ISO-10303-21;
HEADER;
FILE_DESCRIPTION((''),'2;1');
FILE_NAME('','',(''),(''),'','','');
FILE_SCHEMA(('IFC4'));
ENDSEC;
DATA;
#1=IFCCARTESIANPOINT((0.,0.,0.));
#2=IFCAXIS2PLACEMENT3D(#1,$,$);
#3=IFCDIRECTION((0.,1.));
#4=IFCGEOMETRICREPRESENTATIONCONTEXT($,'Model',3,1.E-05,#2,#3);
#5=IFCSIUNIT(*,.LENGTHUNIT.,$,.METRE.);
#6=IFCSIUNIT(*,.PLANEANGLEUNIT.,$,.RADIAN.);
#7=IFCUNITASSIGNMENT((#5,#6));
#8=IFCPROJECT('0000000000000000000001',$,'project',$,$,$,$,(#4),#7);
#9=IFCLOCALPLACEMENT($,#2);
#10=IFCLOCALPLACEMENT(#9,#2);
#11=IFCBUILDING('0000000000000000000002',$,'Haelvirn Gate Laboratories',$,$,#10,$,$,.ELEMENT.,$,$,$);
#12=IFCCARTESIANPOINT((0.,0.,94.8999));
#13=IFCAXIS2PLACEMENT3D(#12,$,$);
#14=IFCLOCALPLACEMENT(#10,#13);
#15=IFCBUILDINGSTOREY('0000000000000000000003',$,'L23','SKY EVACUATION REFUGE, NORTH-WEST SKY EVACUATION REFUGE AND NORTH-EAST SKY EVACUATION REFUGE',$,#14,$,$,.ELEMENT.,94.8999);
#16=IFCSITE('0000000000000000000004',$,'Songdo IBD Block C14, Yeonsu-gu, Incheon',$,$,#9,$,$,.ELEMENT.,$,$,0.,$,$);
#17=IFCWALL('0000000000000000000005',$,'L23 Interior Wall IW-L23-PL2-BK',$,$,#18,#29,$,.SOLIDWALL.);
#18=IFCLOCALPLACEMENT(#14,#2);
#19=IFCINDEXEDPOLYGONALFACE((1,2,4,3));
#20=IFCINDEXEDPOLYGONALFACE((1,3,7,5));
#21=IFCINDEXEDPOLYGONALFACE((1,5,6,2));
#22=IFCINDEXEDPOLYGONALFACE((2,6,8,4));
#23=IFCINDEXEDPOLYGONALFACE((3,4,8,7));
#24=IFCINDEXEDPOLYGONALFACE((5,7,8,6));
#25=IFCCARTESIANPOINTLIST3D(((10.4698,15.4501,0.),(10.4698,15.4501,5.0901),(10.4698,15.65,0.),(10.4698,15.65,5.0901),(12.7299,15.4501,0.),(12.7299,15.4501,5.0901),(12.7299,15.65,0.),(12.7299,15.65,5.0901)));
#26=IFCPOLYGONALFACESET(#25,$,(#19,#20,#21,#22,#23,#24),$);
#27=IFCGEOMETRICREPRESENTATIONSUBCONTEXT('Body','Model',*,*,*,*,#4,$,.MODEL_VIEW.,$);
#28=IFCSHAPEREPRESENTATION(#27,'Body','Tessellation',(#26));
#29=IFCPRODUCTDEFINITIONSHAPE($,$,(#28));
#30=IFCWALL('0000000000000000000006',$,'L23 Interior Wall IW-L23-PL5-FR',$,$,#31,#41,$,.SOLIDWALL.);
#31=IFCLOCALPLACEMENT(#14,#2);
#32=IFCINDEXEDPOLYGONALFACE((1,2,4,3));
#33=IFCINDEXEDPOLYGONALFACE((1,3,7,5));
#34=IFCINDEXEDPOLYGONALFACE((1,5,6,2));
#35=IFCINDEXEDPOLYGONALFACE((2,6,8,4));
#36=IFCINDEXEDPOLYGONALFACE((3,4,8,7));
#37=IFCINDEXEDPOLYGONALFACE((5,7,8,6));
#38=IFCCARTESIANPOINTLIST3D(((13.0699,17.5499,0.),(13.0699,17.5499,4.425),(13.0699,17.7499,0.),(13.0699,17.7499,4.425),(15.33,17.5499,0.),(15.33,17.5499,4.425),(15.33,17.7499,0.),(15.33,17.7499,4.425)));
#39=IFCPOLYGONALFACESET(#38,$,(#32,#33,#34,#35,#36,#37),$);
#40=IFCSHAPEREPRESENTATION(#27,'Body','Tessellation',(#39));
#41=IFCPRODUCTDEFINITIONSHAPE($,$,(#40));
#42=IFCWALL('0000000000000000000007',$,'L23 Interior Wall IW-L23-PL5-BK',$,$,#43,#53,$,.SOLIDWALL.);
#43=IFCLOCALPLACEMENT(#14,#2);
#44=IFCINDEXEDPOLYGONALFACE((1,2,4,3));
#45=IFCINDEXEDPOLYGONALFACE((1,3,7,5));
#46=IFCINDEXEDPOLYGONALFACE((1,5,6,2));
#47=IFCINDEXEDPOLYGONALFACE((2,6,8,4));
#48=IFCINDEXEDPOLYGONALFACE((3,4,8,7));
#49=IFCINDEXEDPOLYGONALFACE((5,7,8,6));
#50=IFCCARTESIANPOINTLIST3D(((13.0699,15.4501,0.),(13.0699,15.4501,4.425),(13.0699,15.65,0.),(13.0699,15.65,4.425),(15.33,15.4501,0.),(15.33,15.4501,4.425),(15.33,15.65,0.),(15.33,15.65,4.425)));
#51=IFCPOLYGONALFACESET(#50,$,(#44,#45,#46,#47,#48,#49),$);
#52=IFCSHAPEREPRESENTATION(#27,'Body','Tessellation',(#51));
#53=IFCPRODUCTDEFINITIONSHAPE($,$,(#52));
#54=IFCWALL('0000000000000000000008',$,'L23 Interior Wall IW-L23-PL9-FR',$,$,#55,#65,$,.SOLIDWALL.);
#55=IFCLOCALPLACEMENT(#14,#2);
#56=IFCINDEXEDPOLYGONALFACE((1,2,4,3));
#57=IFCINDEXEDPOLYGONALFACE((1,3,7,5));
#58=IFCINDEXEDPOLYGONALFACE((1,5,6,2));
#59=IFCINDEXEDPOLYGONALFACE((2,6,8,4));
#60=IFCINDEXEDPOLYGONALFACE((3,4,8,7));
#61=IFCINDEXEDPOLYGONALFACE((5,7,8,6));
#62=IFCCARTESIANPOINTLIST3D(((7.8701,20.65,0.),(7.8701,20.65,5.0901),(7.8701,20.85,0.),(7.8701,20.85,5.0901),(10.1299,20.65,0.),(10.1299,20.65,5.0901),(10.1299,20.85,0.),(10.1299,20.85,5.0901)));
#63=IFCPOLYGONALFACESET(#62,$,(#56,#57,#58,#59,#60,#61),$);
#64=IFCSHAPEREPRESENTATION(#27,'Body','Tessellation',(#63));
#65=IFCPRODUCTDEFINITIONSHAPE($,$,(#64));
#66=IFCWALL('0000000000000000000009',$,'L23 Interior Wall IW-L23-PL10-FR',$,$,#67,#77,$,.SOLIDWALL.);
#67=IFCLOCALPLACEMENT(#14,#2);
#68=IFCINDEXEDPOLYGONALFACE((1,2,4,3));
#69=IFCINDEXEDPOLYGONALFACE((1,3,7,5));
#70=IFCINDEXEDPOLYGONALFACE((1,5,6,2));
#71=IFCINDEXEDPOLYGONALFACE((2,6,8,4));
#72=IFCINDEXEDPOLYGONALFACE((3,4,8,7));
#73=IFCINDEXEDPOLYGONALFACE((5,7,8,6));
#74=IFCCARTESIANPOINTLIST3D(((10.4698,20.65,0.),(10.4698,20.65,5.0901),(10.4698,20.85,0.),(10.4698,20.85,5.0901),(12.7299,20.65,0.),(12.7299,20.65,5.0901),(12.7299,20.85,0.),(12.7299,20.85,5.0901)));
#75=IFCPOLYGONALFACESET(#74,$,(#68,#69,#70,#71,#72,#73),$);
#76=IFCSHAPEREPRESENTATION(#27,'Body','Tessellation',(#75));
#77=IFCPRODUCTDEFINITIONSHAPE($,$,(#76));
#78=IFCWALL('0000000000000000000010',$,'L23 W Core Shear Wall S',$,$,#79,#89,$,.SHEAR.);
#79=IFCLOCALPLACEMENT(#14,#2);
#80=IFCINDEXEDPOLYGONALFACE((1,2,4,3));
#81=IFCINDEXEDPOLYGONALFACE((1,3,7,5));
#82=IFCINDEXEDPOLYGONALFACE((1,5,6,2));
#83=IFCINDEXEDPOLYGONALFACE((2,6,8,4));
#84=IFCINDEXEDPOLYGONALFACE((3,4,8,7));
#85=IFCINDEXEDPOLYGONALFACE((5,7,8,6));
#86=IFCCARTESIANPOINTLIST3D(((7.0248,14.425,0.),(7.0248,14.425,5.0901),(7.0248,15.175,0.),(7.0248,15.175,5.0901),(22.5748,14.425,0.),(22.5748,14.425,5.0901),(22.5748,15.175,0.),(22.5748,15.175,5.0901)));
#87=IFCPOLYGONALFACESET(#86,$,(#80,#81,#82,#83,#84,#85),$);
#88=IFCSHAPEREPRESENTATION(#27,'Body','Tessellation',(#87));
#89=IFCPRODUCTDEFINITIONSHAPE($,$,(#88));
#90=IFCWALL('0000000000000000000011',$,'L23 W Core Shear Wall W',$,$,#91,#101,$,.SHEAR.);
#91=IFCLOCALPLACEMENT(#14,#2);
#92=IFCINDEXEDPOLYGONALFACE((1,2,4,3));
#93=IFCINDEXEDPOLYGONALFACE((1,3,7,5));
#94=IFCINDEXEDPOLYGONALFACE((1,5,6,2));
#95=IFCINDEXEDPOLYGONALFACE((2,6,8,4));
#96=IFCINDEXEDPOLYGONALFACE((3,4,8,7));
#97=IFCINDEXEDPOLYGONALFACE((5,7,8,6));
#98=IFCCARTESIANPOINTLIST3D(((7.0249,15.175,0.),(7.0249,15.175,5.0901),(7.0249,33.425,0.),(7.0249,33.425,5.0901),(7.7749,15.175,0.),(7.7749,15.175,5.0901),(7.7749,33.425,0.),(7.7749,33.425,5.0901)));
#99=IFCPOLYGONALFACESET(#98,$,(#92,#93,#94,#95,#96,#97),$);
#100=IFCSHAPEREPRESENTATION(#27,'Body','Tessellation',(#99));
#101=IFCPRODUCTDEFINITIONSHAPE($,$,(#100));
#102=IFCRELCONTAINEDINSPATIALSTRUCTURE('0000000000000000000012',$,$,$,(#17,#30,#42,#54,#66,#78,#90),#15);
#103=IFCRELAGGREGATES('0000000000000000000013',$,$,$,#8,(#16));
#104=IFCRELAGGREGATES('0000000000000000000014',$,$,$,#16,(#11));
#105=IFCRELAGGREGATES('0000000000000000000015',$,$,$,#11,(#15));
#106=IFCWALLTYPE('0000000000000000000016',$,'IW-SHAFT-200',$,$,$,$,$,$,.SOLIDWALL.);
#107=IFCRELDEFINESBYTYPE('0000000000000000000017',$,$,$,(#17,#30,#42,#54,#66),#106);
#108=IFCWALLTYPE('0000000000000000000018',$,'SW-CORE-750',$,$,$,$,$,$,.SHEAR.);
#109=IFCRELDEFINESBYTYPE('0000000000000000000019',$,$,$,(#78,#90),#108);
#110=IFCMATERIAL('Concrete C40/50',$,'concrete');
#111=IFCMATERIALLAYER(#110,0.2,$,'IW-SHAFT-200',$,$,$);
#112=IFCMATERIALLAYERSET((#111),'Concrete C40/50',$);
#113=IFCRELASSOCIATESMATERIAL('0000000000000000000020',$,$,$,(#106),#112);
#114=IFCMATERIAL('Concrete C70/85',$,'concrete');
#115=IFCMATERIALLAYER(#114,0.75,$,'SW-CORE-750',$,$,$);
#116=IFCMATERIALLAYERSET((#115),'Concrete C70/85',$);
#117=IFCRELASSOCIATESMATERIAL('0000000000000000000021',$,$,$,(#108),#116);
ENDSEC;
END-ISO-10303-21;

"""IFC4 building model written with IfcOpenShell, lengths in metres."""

from ifc_helpers import new_model, si_unit, direction, frame, frame_2d, origin, place, context, subcontext, project, spatial, rectangle, extrude, material, layer, layer_set, type_object, element, save


model = new_model("IFC4")

# Units and contexts
model_context = context("Model", 3, precision=1e-05, world=origin(), true_north=direction((0.0, 1.0)))
body_context = subcontext(model_context, "Body", "Model", "MODEL_VIEW")
ifc_project = project(units=[si_unit("LENGTHUNIT", "METRE"), si_unit("PLANEANGLEUNIT", "RADIAN")], contexts=[model_context])

# Site, building, storey
site_placement = place(None, origin())
site = spatial("IfcSite", under=ifc_project, at=site_placement, Name="Songdo IBD Block C14, Yeonsu-gu, Incheon", CompositionType="ELEMENT", RefElevation=0.0)
building_placement = place(site_placement, origin())
building = spatial("IfcBuilding", under=site, at=building_placement, Name="Haelvirn Gate Laboratories", CompositionType="ELEMENT")
storey_placement = place(building_placement, frame((0.0, 0.0, 94.8999)))
storey = spatial("IfcBuildingStorey", under=building, at=storey_placement, Name="L23", Description="SKY EVACUATION REFUGE, NORTH-WEST SKY EVACUATION REFUGE AND NORTH-EAST SKY EVACUATION REFUGE", CompositionType="ELEMENT", Elevation=94.8999)

# Shared definitions
ifc_material_1 = material(Name="Concrete C70/85", Category="concrete")

# Shared definitions
ifc_material_2 = material(Name="Concrete C40/50", Category="concrete")

# Shared definitions
ifc_layer_1 = layer(ifc_material_2, 0.2, Name="IW-SHAFT-200")
ifc_layer_set_1 = layer_set([ifc_layer_1], Name="Concrete C40/50")
wall_type_1 = type_object("IfcWallType", Name="IW-SHAFT-200", PredefinedType="SOLIDWALL", material=ifc_layer_set_1)

# Walls
wall_1_placement = place(storey_placement, frame((10.47, 15.55, 0.0), z_axis=(0.0, 0.0, 1.0), x_axis=(1.0, 0.0, 0.0)))
element("IfcWall", 1, at=wall_1_placement, inside=storey, type_object=wall_type_1, Name="L23 Interior Wall IW-L23-PL2-BK", PredefinedType="SOLIDWALL", context=body_context, shape_type="SweptSolid", body=[
    extrude(rectangle(XDim=2.26, YDim=0.2, at=frame_2d((1.1299, 0.0))), origin(), (0.0, 0.0, 1.0), 5.0901),
])
for number, where, z_axis, x_axis, name in (
    (2, (13.0701, 17.6499, 0.0), (0.0, 0.0, 1.0), (1.0, 0.0, 0.0), "L23 Interior Wall IW-L23-PL5-FR"),
    (3, (13.0701, 15.55, 0.0), (0.0, 0.0, 1.0), (1.0, 0.0, 0.0), "L23 Interior Wall IW-L23-PL5-BK"),
):
    element("IfcWall", number, at=place(storey_placement, frame(where, z_axis=z_axis, x_axis=x_axis)), inside=storey, type_object=wall_type_1, Name=name, PredefinedType="SOLIDWALL", context=body_context, shape_type="SweptSolid", body=[
        extrude(rectangle(XDim=2.26, YDim=0.2, at=frame_2d((1.1299, 0.0))), origin(), (0.0, 0.0, 1.0), 4.425),
    ])
wall_2_placement = place(storey_placement, frame((7.8701, 20.75, 0.0), z_axis=(0.0, 0.0, 1.0), x_axis=(1.0, 0.0, 0.0)))
element("IfcWall", 4, at=wall_2_placement, inside=storey, type_object=wall_type_1, Name="L23 Interior Wall IW-L23-PL9-FR", PredefinedType="SOLIDWALL", context=body_context, shape_type="SweptSolid", body=[
    extrude(rectangle(XDim=2.2598, YDim=0.2, at=frame_2d((1.1299, 0.0))), origin(), (0.0, 0.0, 1.0), 5.0901),
])
wall_3_placement = place(storey_placement, frame((10.47, 20.75, 0.0), z_axis=(0.0, 0.0, 1.0), x_axis=(1.0, 0.0, 0.0)))
element("IfcWall", 5, at=wall_3_placement, inside=storey, type_object=wall_type_1, Name="L23 Interior Wall IW-L23-PL10-FR", PredefinedType="SOLIDWALL", context=body_context, shape_type="SweptSolid", body=[
    extrude(rectangle(XDim=2.26, YDim=0.2, at=frame_2d((1.1299, 0.0))), origin(), (0.0, 0.0, 1.0), 5.0901),
])
ifc_layer_2 = layer(ifc_material_1, 0.75, Name="SW-CORE-750")
ifc_layer_set_2 = layer_set([ifc_layer_2], Name="Concrete C70/85")
wall_type_2 = type_object("IfcWallType", Name="SW-CORE-750", PredefinedType="SHEAR", material=ifc_layer_set_2)
wall_4_placement = place(storey_placement, frame((7.0249, 14.8, 0.0), z_axis=(0.0, 0.0, 1.0), x_axis=(1.0, 0.0, 0.0)))
element("IfcWall", 6, at=wall_4_placement, inside=storey, type_object=wall_type_2, Name="L23 W Core Shear Wall S", PredefinedType="SHEAR", context=body_context, shape_type="SweptSolid", body=[
    extrude(rectangle(XDim=15.55, YDim=0.75, at=frame_2d((7.7749, 0.0))), origin(), (0.0, 0.0, 1.0), 5.0901),
])
wall_5_placement = place(storey_placement, frame((7.3999, 15.175, 0.0), z_axis=(0.0, 0.0, 1.0), x_axis=(0.0, 1.0, 0.0)))
element("IfcWall", 7, at=wall_5_placement, inside=storey, type_object=wall_type_2, Name="L23 W Core Shear Wall W", PredefinedType="SHEAR", context=body_context, shape_type="SweptSolid", body=[
    extrude(rectangle(XDim=18.25, YDim=0.75, at=frame_2d((9.125, 0.0))), origin(), (0.0, 0.0, 1.0), 5.0901),
])

save(model, "model.ifc")
